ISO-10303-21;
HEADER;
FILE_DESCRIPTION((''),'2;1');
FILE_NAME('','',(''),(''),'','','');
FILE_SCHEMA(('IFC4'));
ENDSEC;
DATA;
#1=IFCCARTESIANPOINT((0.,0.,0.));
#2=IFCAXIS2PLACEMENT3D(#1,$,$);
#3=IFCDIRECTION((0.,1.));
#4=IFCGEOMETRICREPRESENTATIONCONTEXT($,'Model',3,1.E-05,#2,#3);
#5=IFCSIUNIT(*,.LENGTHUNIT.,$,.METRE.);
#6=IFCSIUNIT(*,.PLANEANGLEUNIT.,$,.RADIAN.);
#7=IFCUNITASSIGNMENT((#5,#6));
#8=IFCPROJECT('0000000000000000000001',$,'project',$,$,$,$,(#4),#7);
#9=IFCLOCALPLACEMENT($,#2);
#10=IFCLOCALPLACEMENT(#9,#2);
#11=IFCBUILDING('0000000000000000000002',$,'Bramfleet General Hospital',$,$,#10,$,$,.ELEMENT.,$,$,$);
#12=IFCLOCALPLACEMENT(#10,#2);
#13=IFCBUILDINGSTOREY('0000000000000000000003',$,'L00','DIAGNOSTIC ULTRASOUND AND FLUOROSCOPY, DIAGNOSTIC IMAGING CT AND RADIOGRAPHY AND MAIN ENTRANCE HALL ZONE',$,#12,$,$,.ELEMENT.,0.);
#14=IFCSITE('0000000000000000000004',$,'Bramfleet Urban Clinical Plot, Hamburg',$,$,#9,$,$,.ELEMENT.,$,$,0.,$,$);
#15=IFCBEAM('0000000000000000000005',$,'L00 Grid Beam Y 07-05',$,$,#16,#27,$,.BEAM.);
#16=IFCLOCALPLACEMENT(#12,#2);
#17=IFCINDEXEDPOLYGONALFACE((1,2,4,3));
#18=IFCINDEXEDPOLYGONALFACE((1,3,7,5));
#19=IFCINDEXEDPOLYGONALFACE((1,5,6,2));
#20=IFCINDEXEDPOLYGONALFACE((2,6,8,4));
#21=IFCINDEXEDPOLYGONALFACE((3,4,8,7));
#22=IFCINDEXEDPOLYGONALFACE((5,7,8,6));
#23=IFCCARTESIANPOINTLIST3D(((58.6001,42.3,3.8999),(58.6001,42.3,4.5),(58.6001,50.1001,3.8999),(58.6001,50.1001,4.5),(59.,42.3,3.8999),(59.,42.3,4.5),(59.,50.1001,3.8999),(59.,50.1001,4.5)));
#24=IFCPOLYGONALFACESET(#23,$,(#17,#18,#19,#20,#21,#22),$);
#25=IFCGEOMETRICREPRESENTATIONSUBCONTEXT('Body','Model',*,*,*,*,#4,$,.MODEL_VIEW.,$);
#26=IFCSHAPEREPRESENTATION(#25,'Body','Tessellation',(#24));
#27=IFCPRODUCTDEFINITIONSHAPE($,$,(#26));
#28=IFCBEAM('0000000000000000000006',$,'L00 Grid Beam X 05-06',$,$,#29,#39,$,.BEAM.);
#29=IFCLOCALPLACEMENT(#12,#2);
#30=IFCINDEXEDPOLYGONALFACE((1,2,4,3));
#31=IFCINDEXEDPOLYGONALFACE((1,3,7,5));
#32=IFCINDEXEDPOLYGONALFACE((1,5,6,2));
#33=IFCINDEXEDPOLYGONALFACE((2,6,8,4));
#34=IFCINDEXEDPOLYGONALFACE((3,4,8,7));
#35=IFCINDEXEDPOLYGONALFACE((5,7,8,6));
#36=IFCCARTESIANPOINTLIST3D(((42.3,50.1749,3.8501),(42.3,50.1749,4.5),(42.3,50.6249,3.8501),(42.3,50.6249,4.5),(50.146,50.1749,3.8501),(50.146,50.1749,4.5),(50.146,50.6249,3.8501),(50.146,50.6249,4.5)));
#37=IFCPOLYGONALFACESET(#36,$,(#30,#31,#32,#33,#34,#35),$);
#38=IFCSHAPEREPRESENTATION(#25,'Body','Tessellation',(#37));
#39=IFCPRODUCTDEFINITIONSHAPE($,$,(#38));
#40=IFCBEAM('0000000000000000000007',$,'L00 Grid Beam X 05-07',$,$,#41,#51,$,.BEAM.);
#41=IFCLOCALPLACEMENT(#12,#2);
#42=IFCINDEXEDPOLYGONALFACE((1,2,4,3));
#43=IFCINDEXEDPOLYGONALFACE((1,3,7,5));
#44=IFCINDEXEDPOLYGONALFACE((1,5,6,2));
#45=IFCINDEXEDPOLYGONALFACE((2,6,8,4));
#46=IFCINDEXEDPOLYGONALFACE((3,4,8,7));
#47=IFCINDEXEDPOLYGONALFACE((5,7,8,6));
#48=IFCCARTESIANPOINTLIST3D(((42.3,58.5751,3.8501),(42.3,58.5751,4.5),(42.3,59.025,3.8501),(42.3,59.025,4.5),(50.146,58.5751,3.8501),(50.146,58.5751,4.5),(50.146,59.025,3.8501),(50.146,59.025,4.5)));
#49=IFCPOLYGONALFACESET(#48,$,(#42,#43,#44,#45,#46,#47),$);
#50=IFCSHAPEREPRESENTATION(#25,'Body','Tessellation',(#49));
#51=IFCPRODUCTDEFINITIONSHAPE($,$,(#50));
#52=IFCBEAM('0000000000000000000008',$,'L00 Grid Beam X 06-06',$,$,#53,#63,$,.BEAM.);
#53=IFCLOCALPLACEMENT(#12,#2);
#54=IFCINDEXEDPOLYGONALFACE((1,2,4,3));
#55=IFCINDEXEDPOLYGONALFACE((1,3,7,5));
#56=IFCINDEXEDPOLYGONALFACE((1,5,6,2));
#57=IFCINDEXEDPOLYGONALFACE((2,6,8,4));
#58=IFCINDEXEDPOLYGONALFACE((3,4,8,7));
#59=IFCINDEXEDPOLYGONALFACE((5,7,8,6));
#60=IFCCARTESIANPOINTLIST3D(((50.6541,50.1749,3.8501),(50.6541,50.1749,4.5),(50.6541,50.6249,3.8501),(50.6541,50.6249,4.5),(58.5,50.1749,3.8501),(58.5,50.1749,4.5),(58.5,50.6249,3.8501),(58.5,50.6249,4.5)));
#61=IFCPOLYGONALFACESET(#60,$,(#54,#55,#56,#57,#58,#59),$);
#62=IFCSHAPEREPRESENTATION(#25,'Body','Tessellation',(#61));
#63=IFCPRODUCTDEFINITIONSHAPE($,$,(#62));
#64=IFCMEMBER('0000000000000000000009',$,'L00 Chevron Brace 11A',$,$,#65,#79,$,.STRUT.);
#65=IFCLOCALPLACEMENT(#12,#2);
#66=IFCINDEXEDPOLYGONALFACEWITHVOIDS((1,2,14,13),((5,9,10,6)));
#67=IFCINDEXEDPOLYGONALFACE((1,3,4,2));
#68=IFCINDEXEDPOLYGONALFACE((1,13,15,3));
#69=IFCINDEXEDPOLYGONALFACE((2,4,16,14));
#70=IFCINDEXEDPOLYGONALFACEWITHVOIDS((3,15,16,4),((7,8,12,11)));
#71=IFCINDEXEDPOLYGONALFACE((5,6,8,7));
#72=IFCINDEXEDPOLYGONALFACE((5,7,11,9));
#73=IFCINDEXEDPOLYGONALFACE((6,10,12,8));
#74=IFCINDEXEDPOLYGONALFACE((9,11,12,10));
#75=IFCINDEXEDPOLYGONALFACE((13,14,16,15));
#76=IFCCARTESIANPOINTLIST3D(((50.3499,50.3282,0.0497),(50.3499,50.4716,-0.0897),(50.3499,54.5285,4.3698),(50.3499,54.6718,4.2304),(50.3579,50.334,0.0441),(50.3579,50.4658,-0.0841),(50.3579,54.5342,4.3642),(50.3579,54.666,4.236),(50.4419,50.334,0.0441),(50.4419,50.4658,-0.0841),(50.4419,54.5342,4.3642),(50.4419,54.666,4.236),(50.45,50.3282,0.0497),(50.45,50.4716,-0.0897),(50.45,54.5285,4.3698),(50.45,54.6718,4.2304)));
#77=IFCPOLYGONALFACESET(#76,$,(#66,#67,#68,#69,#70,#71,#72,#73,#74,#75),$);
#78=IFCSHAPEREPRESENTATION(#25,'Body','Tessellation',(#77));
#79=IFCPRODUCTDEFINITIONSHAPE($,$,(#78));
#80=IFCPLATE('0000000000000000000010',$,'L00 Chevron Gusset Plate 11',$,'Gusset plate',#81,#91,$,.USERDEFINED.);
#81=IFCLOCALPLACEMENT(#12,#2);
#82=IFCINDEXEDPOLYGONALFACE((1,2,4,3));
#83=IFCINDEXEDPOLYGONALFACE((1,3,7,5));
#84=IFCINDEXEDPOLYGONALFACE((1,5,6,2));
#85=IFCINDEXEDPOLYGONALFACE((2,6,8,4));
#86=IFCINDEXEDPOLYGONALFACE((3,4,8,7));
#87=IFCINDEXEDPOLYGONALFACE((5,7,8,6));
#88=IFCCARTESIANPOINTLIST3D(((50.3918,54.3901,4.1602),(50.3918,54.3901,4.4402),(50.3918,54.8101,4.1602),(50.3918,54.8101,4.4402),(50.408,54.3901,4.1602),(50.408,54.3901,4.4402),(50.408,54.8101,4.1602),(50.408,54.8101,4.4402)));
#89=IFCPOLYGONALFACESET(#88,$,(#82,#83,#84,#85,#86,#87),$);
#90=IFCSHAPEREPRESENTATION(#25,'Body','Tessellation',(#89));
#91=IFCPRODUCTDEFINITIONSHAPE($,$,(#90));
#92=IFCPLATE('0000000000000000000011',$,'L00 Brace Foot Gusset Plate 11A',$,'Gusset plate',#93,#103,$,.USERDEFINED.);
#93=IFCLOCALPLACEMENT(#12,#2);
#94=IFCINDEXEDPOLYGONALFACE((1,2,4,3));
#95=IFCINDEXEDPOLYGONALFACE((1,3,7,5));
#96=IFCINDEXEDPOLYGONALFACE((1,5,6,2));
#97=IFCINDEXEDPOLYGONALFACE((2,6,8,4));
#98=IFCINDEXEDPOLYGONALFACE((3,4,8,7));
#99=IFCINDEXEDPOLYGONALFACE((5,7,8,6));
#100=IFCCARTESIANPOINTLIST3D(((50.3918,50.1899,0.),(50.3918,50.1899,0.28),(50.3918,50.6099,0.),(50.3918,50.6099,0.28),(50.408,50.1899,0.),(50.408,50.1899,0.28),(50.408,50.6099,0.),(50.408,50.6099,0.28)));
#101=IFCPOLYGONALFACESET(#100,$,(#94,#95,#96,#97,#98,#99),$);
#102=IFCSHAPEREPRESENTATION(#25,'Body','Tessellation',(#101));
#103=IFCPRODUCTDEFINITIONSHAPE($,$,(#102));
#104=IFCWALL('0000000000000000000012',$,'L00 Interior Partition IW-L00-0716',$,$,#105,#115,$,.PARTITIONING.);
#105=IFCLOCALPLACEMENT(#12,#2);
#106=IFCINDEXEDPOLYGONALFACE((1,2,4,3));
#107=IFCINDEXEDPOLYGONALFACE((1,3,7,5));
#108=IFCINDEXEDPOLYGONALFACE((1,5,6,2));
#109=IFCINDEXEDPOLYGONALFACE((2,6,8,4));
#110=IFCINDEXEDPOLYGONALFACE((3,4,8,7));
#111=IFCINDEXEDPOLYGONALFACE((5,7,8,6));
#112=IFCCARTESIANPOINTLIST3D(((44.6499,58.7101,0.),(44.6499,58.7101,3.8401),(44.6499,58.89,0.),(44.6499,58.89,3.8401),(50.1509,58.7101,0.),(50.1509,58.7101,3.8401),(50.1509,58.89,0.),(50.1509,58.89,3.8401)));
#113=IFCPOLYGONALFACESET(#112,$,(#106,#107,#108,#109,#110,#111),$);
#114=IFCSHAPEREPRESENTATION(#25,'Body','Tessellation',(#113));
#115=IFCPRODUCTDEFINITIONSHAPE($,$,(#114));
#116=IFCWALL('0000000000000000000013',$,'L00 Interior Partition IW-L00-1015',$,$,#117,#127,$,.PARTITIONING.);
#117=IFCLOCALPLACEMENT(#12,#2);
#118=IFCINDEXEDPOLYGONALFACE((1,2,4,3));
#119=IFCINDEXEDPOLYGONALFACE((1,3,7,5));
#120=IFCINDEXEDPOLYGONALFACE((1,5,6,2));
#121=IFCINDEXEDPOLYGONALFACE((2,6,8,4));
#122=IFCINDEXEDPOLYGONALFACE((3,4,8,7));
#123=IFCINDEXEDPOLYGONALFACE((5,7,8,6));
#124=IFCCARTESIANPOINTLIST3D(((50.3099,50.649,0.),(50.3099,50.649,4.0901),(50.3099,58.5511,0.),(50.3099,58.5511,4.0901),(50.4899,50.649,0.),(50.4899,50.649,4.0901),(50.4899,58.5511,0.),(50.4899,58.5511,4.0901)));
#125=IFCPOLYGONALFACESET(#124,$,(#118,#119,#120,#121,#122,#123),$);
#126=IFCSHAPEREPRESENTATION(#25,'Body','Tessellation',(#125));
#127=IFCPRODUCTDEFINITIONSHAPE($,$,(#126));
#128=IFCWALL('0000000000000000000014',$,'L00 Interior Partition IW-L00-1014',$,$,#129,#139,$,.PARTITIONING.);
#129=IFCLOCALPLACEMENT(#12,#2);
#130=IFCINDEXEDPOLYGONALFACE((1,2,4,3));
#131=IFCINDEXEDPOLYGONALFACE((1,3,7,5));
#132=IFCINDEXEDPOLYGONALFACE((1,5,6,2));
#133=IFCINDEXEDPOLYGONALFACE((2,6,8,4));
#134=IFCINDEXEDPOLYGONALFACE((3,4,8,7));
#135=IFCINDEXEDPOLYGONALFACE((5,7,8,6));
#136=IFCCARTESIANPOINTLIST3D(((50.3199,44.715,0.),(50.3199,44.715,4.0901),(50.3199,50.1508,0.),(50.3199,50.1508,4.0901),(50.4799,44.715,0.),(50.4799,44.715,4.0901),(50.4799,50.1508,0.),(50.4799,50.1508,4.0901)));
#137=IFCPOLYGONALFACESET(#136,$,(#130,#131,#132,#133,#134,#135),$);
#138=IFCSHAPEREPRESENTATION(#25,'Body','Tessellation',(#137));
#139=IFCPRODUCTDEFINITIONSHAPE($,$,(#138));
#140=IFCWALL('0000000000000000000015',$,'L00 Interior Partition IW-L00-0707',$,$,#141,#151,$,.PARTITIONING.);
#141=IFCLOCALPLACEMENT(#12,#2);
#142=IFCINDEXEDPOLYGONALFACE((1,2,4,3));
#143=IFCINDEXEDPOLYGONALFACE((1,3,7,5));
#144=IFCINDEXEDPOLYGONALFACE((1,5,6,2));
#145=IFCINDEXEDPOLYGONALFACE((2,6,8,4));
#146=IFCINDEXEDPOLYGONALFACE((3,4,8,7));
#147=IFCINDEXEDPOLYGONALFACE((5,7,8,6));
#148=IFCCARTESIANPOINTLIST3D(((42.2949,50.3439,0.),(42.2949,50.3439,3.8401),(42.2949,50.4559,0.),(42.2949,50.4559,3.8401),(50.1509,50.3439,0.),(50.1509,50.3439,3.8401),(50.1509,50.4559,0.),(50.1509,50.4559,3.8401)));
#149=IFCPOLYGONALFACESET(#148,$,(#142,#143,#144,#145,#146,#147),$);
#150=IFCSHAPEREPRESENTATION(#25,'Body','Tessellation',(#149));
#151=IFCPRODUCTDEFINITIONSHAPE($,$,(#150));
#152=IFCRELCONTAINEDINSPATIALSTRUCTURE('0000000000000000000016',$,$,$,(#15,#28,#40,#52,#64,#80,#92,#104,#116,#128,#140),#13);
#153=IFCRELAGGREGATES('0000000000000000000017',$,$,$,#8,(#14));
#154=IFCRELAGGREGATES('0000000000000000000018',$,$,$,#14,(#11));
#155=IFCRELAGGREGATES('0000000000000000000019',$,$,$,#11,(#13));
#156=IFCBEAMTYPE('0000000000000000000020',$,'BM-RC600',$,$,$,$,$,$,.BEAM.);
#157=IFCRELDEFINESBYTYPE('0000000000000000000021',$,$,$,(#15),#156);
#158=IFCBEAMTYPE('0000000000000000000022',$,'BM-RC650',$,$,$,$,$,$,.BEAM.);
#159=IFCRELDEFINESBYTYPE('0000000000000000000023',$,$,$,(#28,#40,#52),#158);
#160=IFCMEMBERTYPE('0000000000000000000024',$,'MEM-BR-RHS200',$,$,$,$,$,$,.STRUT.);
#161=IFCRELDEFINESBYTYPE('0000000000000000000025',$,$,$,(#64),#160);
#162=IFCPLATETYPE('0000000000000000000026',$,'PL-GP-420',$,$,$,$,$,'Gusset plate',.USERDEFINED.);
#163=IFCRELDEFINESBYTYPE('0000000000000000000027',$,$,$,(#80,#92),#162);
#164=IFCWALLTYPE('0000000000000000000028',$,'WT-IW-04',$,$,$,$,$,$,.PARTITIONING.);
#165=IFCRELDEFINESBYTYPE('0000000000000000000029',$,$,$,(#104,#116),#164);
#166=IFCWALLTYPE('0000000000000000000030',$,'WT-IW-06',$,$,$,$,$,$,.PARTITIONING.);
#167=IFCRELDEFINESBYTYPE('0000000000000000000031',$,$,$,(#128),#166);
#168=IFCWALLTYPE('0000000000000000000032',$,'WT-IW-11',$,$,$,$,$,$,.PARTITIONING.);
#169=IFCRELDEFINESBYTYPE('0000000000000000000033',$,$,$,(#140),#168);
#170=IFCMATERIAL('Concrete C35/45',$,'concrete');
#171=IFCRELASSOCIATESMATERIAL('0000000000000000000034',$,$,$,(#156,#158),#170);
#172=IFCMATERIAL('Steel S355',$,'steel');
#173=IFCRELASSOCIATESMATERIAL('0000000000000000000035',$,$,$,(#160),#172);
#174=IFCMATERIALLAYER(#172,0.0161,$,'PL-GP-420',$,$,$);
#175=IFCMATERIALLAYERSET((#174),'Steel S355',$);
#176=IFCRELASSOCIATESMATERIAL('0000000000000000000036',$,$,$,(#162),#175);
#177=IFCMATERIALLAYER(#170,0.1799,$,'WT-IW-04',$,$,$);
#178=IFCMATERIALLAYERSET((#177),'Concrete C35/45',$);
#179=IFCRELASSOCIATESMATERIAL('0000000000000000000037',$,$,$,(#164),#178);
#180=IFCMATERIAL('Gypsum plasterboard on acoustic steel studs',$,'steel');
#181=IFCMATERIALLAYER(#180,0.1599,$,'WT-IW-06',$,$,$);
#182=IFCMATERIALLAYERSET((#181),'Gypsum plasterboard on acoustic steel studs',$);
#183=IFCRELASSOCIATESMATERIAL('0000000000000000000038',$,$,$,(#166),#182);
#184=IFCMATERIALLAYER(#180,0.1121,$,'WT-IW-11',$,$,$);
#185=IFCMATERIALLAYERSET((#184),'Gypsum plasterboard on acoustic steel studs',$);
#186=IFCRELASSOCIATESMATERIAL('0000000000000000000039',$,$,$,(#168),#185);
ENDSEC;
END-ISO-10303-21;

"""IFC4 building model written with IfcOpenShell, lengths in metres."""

from ifc_helpers import new_model, si_unit, direction, frame, frame_2d, origin, origin_2d, place, context, subcontext, project, spatial, rectangle, hollow_rectangle, extrude, material, layer, layer_set, material_profile, profile_set, type_object, element, save


model = new_model("IFC4")

# Units and contexts
model_context = context("Model", 3, precision=1e-05, world=origin(), true_north=direction((0.0, 1.0)))
body_context = subcontext(model_context, "Body", "Model", "MODEL_VIEW")
ifc_project = project(units=[si_unit("LENGTHUNIT", "METRE"), si_unit("PLANEANGLEUNIT", "RADIAN")], contexts=[model_context])

# Site, building, storey
site_placement = place(None, origin())
site = spatial("IfcSite", under=ifc_project, at=site_placement, Name="Bramfleet Urban Clinical Plot, Hamburg", CompositionType="ELEMENT", RefElevation=0.0)
building_placement = place(site_placement, origin())
building = spatial("IfcBuilding", under=site, at=building_placement, Name="Bramfleet General Hospital", CompositionType="ELEMENT")
storey_placement = place(building_placement, origin())
storey = spatial("IfcBuildingStorey", under=building, at=storey_placement, Name="L00", Description="DIAGNOSTIC ULTRASOUND AND FLUOROSCOPY, DIAGNOSTIC IMAGING CT AND RADIOGRAPHY AND MAIN ENTRANCE HALL ZONE", CompositionType="ELEMENT", Elevation=0.0)

# Shared definitions
ifc_material_1 = material(Name="Steel S355", Category="steel")

# Beams
ifc_material_2 = material(Name="Concrete C35/45", Category="concrete")
ifc_material_profile_1 = material_profile(ifc_material_2, rectangle(XDim=0.3999, YDim=0.6001, at=origin_2d()), Name="RC BM 600x400")
ifc_profile_set_1 = profile_set([ifc_material_profile_1], Name="Concrete C35/45")
beam_type_1 = type_object("IfcBeamType", Name="BM-RC600", PredefinedType="BEAM", material=ifc_profile_set_1)
beam_1_placement = place(storey_placement, frame((58.8, 42.3, 4.2), z_axis=(0.0, 1.0, 0.0), x_axis=(-1.0, 0.0, 0.0)))
element("IfcBeam", 1, at=beam_1_placement, inside=storey, type_object=beam_type_1, Name="L00 Grid Beam Y 07-05", PredefinedType="BEAM", context=body_context, shape_type="SweptSolid", body=[
    extrude(rectangle(XDim=0.3999, YDim=0.6001, at=origin_2d()), origin(), (0.0, 0.0, 1.0), 7.8),
])
ifc_material_profile_2 = material_profile(ifc_material_2, rectangle(XDim=0.45, YDim=0.6499, at=origin_2d()), Name="RC BM 650x450")
ifc_profile_set_2 = profile_set([ifc_material_profile_2], Name="Concrete C35/45")
beam_type_2 = type_object("IfcBeamType", Name="BM-RC650", PredefinedType="BEAM", material=ifc_profile_set_2)
for number, where, z_axis, x_axis, name in (
    (2, (42.3, 50.3999, 4.175), (1.0, 0.0, 0.0), (0.0, 1.0, 0.0), "L00 Grid Beam X 05-06"),
    (3, (42.3, 58.8, 4.175), (1.0, 0.0, 0.0), (0.0, 1.0, 0.0), "L00 Grid Beam X 05-07"),
    (4, (50.6541, 50.3999, 4.175), (1.0, 0.0, 0.0), (0.0, 1.0, 0.0), "L00 Grid Beam X 06-06"),
):
    element("IfcBeam", number, at=place(storey_placement, frame(where, z_axis=z_axis, x_axis=x_axis)), inside=storey, type_object=beam_type_2, Name=name, PredefinedType="BEAM", context=body_context, shape_type="SweptSolid", body=[
        extrude(rectangle(XDim=0.45, YDim=0.6499, at=origin_2d()), origin(), (0.0, 0.0, 1.0), 7.8459),
    ])

# Member
ifc_material_profile_3 = material_profile(ifc_material_1, hollow_rectangle(XDim=0.1001, YDim=0.2, WallThickness=0.0081, at=origin_2d()), Name="RHS 200x100x8.0")
ifc_profile_set_3 = profile_set([ifc_material_profile_3], Name="Steel S355")
member_type = type_object("IfcMemberType", Name="MEM-BR-RHS200", PredefinedType="STRUT", material=ifc_profile_set_3)
member_placement = place(storey_placement, frame((50.3999, 50.3999, -0.02), z_axis=(0.0, 0.697089, 0.716984), x_axis=(-1.0, 0.0, 0.0)))
element("IfcMember", 5, at=member_placement, inside=storey, type_object=member_type, Name="L00 Chevron Brace 11A", PredefinedType="STRUT", context=body_context, shape_type="SweptSolid", body=[
    extrude(hollow_rectangle(XDim=0.1001, YDim=0.2, WallThickness=0.0081, at=origin_2d()), origin(), (0.0, 0.0, 1.0), 6.0254),
])

# Plates
ifc_layer_1 = layer(ifc_material_1, 0.0161, Name="PL-GP-420")
ifc_layer_set_1 = layer_set([ifc_layer_1], Name="Steel S355")
plate_type = type_object("IfcPlateType", Name="PL-GP-420", ElementType="Gusset plate", PredefinedType="USERDEFINED", material=ifc_layer_set_1)
for number, where, z_axis, x_axis, name in (
    (6, (50.3999, 54.6001, 4.1602), (0.0, 0.0, 1.0), (1.0, 0.0, 0.0), "L00 Chevron Gusset Plate 11"),
    (7, (50.3999, 50.3999, 0.0), (0.0, 0.0, 1.0), (1.0, 0.0, 0.0), "L00 Brace Foot Gusset Plate 11A"),
):
    element("IfcPlate", number, at=place(storey_placement, frame(where, z_axis=z_axis, x_axis=x_axis)), inside=storey, type_object=plate_type, Name=name, ObjectType="Gusset plate", PredefinedType="USERDEFINED", context=body_context, shape_type="SweptSolid", body=[
        extrude(rectangle(XDim=0.0161, YDim=0.4199, at=origin_2d()), origin(), (0.0, 0.0, 1.0), 0.28),
    ])

# Shared definitions
ifc_layer_2 = layer(ifc_material_2, 0.1799, Name="WT-IW-04")
ifc_layer_set_2 = layer_set([ifc_layer_2], Name="Concrete C35/45")
wall_type_1 = type_object("IfcWallType", Name="WT-IW-04", PredefinedType="PARTITIONING", material=ifc_layer_set_2)

# Walls
wall_1_placement = place(storey_placement, frame((44.6499, 58.8, 0.0), z_axis=(0.0, 0.0, 1.0), x_axis=(1.0, 0.0, 0.0)))
element("IfcWall", 8, at=wall_1_placement, inside=storey, type_object=wall_type_1, Name="L00 Interior Partition IW-L00-0716", PredefinedType="PARTITIONING", context=body_context, shape_type="SweptSolid", body=[
    extrude(rectangle(XDim=5.501, YDim=0.1799, at=frame_2d((2.7505, 0.0))), origin(), (0.0, 0.0, 1.0), 3.8401),
])
wall_2_placement = place(storey_placement, frame((50.3999, 50.6489, 0.0), z_axis=(0.0, 0.0, 1.0), x_axis=(0.0, 1.0, 0.0)))
element("IfcWall", 9, at=wall_2_placement, inside=storey, type_object=wall_type_1, Name="L00 Interior Partition IW-L00-1015", PredefinedType="PARTITIONING", context=body_context, shape_type="SweptSolid", body=[
    extrude(rectangle(XDim=7.9021, YDim=0.1799, at=frame_2d((3.9512, 0.0))), origin(), (0.0, 0.0, 1.0), 4.0901),
])
ifc_material_3 = material(Name="Gypsum plasterboard on acoustic steel studs", Category="steel")
ifc_layer_3 = layer(ifc_material_3, 0.1599, Name="WT-IW-06")
ifc_layer_set_3 = layer_set([ifc_layer_3], Name="Gypsum plasterboard on acoustic steel studs")
wall_type_2 = type_object("IfcWallType", Name="WT-IW-06", PredefinedType="PARTITIONING", material=ifc_layer_set_3)
wall_3_placement = place(storey_placement, frame((50.3999, 44.7151, 0.0), z_axis=(0.0, 0.0, 1.0), x_axis=(0.0, 1.0, 0.0)))
element("IfcWall", 10, at=wall_3_placement, inside=storey, type_object=wall_type_2, Name="L00 Interior Partition IW-L00-1014", PredefinedType="PARTITIONING", context=body_context, shape_type="SweptSolid", body=[
    extrude(rectangle(XDim=5.4358, YDim=0.1599, at=frame_2d((2.7178, 0.0))), origin(), (0.0, 0.0, 1.0), 4.0901),
])
ifc_layer_4 = layer(ifc_material_3, 0.1121, Name="WT-IW-11")
ifc_layer_set_4 = layer_set([ifc_layer_4], Name="Gypsum plasterboard on acoustic steel studs")
wall_type_3 = type_object("IfcWallType", Name="WT-IW-11", PredefinedType="PARTITIONING", material=ifc_layer_set_4)
wall_4_placement = place(storey_placement, frame((42.2949, 50.3999, 0.0), z_axis=(0.0, 0.0, 1.0), x_axis=(1.0, 0.0, 0.0)))
element("IfcWall", 11, at=wall_4_placement, inside=storey, type_object=wall_type_3, Name="L00 Interior Partition IW-L00-0707", PredefinedType="PARTITIONING", context=body_context, shape_type="SweptSolid", body=[
    extrude(rectangle(XDim=7.856, YDim=0.1121, at=frame_2d((3.928, 0.0))), origin(), (0.0, 0.0, 1.0), 3.8401),
])

save(model, "model.ifc")
